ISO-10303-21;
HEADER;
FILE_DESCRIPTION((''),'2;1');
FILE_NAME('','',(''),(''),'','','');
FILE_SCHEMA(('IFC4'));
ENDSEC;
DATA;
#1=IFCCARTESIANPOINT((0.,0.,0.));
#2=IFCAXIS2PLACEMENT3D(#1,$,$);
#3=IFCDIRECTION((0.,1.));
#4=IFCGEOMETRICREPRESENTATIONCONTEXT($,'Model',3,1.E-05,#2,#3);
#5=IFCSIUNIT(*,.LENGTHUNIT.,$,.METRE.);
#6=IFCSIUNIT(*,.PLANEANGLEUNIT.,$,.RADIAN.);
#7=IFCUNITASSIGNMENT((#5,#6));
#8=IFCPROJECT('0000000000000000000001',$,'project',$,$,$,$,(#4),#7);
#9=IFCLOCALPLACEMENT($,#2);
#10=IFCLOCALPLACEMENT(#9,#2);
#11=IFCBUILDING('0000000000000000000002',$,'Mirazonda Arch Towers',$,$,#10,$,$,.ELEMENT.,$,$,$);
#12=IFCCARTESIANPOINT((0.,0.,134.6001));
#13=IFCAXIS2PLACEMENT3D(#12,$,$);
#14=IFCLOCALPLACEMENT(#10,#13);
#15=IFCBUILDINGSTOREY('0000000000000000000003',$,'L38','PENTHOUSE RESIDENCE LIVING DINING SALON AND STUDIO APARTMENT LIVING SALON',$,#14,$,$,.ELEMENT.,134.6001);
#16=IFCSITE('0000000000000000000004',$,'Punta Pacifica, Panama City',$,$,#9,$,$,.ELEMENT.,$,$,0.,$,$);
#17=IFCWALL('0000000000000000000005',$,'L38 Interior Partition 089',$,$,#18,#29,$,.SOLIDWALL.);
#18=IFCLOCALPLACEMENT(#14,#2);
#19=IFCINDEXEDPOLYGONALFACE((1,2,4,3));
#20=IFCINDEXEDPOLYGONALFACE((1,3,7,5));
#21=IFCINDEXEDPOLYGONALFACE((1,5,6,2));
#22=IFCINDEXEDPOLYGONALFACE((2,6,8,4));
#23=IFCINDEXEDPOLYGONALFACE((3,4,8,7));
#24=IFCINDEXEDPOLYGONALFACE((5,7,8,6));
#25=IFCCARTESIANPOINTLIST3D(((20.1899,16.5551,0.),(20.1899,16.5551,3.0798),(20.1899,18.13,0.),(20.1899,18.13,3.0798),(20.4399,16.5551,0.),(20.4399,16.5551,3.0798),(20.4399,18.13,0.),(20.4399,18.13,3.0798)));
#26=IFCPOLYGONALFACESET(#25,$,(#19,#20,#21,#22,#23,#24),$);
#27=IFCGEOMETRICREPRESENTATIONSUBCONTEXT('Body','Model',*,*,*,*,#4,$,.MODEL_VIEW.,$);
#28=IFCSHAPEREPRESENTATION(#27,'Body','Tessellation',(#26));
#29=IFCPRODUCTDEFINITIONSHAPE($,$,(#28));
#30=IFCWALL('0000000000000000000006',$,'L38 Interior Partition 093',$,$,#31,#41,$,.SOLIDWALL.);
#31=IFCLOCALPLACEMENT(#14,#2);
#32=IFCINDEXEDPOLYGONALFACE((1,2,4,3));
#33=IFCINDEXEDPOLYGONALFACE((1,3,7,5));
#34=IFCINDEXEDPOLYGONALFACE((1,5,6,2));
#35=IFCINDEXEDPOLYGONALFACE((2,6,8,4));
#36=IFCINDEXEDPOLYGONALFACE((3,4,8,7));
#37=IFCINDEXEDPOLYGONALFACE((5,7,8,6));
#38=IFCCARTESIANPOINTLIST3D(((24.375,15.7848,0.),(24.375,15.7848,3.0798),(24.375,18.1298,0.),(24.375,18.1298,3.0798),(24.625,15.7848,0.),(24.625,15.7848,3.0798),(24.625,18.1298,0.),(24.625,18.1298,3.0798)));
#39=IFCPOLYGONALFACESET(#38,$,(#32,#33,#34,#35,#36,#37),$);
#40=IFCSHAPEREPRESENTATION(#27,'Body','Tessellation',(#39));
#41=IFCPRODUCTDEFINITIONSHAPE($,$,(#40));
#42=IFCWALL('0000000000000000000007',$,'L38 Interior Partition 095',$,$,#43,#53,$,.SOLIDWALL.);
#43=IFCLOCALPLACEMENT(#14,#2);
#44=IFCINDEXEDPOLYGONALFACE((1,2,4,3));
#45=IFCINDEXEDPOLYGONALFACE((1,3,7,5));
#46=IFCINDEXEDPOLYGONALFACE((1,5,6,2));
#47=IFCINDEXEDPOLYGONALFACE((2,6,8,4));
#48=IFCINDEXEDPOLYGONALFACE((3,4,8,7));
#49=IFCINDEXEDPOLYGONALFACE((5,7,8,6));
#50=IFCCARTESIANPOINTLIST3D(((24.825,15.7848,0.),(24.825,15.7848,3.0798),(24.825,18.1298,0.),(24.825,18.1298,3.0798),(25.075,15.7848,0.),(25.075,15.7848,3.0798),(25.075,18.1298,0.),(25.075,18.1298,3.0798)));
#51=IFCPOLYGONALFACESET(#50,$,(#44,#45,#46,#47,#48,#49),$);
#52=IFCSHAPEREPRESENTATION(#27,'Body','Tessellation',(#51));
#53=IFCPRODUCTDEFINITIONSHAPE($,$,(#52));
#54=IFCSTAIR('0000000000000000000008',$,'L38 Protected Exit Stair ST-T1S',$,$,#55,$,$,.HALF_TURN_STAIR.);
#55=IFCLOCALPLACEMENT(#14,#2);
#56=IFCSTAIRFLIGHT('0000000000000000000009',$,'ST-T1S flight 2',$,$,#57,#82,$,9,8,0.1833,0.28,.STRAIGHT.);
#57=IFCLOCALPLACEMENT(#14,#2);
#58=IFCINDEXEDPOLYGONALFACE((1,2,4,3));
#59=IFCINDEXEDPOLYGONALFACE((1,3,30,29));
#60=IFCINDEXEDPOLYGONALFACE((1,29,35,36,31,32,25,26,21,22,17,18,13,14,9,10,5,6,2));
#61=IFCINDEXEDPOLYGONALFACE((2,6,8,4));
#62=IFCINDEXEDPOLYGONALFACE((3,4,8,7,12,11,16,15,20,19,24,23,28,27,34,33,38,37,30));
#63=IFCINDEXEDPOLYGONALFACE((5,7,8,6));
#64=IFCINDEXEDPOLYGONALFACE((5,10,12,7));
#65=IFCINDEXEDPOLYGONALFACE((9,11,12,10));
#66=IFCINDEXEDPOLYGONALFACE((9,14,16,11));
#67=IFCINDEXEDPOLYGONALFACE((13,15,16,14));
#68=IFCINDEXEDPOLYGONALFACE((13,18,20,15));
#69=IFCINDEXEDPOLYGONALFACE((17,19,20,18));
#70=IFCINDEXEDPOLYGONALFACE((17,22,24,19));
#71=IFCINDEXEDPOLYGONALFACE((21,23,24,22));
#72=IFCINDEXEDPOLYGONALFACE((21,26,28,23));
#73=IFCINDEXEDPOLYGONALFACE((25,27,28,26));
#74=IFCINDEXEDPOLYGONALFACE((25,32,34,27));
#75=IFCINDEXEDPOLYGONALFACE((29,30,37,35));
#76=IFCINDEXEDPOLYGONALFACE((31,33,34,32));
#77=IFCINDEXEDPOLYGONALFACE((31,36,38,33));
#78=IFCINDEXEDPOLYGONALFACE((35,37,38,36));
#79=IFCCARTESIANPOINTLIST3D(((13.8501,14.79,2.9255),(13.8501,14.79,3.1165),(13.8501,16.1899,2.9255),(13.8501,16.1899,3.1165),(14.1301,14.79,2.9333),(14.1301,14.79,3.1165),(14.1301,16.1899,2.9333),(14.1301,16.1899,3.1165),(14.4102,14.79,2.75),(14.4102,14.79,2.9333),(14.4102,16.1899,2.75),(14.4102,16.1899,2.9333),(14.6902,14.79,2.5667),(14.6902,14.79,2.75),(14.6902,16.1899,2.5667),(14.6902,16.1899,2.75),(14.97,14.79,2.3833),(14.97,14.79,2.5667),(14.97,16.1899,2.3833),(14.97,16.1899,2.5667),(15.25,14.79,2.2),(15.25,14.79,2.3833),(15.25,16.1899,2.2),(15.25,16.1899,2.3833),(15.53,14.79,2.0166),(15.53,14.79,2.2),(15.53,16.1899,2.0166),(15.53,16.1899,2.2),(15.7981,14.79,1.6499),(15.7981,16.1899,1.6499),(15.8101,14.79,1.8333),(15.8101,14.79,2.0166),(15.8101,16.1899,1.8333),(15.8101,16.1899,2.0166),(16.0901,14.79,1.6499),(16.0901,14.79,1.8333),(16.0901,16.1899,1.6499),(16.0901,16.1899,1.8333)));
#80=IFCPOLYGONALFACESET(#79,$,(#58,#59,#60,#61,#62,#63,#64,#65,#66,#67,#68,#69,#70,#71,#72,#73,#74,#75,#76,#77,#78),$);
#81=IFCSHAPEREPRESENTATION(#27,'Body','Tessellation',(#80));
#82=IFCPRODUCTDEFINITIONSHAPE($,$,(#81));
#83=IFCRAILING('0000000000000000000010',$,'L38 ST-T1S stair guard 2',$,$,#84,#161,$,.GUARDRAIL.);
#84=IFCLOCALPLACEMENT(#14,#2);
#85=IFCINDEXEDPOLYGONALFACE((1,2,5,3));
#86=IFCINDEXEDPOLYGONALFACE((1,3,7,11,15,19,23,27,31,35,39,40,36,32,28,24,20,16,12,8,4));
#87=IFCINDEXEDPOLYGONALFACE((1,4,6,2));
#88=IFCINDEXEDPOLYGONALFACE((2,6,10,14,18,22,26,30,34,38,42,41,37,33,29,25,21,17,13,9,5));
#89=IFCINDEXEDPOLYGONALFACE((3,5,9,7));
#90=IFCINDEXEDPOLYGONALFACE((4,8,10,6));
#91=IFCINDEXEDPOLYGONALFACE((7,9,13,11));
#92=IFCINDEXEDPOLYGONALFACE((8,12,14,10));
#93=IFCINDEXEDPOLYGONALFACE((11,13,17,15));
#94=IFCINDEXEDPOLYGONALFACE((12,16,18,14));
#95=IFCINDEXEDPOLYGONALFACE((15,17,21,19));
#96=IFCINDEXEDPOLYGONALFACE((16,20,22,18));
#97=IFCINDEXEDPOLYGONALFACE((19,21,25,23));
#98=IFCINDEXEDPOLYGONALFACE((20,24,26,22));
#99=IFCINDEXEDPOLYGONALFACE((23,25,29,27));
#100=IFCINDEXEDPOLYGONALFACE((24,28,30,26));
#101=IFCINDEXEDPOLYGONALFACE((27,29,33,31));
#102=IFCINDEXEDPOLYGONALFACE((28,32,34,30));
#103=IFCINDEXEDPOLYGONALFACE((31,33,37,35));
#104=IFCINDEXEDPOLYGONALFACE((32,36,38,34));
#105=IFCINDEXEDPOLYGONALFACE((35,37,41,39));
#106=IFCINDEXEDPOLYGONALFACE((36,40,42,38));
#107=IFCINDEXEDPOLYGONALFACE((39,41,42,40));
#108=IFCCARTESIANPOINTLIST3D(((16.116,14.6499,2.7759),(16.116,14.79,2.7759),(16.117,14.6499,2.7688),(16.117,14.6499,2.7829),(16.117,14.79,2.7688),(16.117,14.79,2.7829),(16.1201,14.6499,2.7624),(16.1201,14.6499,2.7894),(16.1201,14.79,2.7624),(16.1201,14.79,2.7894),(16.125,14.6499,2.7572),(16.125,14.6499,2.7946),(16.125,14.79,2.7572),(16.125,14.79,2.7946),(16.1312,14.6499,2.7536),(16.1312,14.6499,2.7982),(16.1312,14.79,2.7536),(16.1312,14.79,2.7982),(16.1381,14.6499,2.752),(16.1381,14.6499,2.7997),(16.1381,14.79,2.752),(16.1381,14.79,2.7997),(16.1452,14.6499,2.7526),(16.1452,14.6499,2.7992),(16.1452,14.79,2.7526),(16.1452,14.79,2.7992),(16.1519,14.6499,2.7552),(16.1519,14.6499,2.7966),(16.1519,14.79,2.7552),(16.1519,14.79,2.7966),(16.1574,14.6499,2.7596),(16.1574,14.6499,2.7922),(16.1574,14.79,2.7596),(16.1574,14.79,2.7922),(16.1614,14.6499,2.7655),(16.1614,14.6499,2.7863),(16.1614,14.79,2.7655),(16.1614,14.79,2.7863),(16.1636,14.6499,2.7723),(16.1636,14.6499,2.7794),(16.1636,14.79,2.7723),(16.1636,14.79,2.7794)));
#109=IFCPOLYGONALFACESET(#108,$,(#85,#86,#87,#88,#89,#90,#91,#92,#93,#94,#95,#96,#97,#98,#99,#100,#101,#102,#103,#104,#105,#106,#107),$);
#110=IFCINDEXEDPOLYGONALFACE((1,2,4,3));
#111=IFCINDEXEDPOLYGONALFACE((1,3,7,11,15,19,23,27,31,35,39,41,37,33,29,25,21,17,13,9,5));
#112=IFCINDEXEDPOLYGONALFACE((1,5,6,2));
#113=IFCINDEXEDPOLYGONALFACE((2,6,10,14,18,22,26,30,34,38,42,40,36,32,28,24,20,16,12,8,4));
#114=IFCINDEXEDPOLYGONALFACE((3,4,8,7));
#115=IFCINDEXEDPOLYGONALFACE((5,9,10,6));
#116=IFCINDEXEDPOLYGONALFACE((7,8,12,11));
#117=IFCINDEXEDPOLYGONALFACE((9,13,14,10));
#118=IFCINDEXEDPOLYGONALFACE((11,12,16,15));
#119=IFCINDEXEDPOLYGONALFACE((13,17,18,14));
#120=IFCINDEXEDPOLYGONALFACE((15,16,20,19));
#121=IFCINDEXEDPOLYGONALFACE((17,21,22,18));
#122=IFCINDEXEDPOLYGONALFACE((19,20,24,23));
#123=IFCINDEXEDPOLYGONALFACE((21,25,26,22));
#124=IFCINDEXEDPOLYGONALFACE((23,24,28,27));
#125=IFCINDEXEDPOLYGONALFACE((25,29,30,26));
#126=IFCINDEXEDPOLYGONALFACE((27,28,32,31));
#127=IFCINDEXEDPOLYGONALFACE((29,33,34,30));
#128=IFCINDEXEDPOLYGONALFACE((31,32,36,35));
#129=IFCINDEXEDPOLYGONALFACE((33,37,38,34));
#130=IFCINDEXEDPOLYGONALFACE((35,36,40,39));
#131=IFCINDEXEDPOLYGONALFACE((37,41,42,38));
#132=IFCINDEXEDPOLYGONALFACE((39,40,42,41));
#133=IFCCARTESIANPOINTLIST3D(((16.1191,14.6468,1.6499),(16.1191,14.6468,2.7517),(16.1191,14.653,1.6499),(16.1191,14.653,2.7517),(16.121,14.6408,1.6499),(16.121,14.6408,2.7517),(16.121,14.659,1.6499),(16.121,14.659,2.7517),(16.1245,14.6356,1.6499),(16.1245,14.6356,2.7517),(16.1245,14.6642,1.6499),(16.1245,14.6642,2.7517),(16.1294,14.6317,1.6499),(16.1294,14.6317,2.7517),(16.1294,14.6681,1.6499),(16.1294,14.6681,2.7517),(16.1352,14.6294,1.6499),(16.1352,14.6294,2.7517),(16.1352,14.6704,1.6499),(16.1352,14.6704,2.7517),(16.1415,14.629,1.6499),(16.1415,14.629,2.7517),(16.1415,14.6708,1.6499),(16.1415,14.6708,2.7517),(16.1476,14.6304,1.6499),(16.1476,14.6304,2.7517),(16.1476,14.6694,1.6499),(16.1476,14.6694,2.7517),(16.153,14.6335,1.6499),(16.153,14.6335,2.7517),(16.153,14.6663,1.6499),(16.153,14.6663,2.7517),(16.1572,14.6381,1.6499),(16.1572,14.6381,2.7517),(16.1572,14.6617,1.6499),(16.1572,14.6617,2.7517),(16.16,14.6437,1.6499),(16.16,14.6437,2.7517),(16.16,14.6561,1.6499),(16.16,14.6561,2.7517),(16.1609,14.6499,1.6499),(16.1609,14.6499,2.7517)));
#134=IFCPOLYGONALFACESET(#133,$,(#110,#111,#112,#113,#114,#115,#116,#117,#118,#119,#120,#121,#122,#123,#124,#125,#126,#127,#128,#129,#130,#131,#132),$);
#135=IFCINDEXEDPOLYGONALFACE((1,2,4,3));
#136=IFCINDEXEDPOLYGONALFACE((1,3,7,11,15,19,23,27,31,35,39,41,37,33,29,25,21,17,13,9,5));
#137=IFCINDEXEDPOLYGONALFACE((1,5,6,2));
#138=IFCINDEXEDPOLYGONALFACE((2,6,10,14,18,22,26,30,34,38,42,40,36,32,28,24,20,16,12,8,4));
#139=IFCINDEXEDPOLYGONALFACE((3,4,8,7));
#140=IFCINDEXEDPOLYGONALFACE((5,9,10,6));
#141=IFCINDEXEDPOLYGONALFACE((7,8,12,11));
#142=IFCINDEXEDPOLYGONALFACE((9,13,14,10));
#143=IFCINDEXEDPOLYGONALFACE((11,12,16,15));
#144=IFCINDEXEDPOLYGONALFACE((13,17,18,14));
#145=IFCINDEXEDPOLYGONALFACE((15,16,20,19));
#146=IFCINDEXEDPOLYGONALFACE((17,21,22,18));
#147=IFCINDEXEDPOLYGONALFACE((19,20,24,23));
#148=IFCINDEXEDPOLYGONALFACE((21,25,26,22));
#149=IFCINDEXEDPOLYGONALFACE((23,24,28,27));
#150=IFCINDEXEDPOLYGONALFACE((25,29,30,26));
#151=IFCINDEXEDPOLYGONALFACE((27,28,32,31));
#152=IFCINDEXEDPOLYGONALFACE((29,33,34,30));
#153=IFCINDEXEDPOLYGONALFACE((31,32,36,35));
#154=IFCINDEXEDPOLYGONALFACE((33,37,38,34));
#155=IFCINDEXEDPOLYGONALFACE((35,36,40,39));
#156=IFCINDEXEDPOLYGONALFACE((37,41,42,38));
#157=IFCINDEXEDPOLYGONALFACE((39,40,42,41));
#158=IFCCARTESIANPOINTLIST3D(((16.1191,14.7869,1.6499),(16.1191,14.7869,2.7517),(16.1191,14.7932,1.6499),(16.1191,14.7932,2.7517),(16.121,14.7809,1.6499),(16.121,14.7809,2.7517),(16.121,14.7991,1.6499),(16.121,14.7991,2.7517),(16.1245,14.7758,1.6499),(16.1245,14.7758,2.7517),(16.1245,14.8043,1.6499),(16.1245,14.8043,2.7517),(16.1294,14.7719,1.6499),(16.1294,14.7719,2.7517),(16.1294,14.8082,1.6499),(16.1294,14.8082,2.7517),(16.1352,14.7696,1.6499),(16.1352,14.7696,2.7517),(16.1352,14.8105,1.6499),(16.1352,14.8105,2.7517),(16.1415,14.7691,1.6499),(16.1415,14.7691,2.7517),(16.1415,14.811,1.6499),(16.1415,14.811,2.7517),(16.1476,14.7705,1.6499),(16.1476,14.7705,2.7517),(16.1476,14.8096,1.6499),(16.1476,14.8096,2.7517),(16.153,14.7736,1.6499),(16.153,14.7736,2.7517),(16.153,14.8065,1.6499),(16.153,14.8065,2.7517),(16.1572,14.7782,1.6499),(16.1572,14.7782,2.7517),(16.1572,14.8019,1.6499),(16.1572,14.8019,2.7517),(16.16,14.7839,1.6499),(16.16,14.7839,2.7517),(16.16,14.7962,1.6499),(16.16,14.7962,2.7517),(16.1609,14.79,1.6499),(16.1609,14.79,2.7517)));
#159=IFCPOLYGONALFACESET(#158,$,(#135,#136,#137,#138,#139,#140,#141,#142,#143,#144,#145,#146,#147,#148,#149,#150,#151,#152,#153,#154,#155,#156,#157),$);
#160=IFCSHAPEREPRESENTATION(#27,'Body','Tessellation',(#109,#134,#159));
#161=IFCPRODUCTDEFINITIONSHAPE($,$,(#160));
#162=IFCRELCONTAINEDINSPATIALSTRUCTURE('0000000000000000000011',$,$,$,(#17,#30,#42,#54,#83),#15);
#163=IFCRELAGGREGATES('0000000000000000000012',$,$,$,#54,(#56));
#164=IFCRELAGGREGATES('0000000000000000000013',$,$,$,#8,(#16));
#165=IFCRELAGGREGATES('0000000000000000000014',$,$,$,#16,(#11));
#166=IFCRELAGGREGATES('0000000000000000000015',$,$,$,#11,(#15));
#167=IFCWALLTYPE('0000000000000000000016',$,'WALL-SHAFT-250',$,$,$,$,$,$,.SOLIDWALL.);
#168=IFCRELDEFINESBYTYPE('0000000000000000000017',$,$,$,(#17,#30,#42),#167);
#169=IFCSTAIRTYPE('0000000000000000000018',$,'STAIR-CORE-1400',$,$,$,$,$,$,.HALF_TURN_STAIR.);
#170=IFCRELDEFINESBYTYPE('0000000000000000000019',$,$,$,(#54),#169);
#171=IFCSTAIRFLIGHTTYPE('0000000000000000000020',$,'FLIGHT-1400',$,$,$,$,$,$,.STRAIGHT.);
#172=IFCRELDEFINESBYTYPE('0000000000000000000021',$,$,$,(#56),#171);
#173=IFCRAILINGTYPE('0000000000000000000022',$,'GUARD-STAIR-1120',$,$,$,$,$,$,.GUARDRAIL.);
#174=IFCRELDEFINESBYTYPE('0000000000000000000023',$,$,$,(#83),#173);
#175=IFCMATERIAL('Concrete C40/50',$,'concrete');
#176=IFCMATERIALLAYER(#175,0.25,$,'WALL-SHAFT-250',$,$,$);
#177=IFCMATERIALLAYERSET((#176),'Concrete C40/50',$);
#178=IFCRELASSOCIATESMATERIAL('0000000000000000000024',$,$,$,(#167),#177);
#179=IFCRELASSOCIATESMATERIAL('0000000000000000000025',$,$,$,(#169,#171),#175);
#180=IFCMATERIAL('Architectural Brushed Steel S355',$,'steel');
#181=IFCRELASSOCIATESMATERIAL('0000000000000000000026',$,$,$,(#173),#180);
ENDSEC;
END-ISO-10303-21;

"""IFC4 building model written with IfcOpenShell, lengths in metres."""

from ifc_helpers import new_model, si_unit, direction, frame, frame_2d, origin, origin_2d, place, context, subcontext, project, spatial, polyline, rectangle, circle, outline, extrude, material, layer, layer_set, type_object, element, aggregate, save


model = new_model("IFC4")

# Units and contexts
model_context = context("Model", 3, precision=1e-05, world=origin(), true_north=direction((0.0, 1.0)))
body_context = subcontext(model_context, "Body", "Model", "MODEL_VIEW")
ifc_project = project(units=[si_unit("LENGTHUNIT", "METRE"), si_unit("PLANEANGLEUNIT", "RADIAN")], contexts=[model_context])

# Site, building, storey
site_placement = place(None, origin())
site = spatial("IfcSite", under=ifc_project, at=site_placement, Name="Punta Pacifica, Panama City", CompositionType="ELEMENT", RefElevation=0.0)
building_placement = place(site_placement, origin())
building = spatial("IfcBuilding", under=site, at=building_placement, Name="Mirazonda Arch Towers", CompositionType="ELEMENT")
storey_placement = place(building_placement, frame((0.0, 0.0, 134.6001)))
storey = spatial("IfcBuildingStorey", under=building, at=storey_placement, Name="L38", Description="PENTHOUSE RESIDENCE LIVING DINING SALON AND STUDIO APARTMENT LIVING SALON", CompositionType="ELEMENT", Elevation=134.6001)

# Shared definitions
ifc_material_1 = material(Name="Architectural Brushed Steel S355", Category="steel")

# Walls
ifc_material_2 = material(Name="Concrete C40/50", Category="concrete")
ifc_layer_1 = layer(ifc_material_2, 0.25, Name="WALL-SHAFT-250")
ifc_layer_set_1 = layer_set([ifc_layer_1], Name="Concrete C40/50")
wall_type_1 = type_object("IfcWallType", Name="WALL-SHAFT-250", PredefinedType="SOLIDWALL", material=ifc_layer_set_1)
wall_1_placement = place(storey_placement, frame((20.3149, 16.5549, 0.0), z_axis=(0.0, 0.0, 1.0), x_axis=(0.0, 1.0, 0.0)))
element("IfcWall", 1, at=wall_1_placement, inside=storey, type_object=wall_type_1, Name="L38 Interior Partition 089", PredefinedType="SOLIDWALL", context=body_context, shape_type="SweptSolid", body=[
    extrude(rectangle(XDim=1.575, YDim=0.25, at=frame_2d((0.7876, 0.0))), origin(), (0.0, 0.0, 1.0), 3.0798),
])
for number, where, z_axis, x_axis, name in (
    (2, (24.5, 15.7849, 0.0), (0.0, 0.0, 1.0), (0.0, 1.0, 0.0), "L38 Interior Partition 093"),
    (3, (24.95, 15.7849, 0.0), (0.0, 0.0, 1.0), (0.0, 1.0, 0.0), "L38 Interior Partition 095"),
):
    element("IfcWall", number, at=place(storey_placement, frame(where, z_axis=z_axis, x_axis=x_axis)), inside=storey, type_object=wall_type_1, Name=name, PredefinedType="SOLIDWALL", context=body_context, shape_type="SweptSolid", body=[
        extrude(rectangle(XDim=2.345, YDim=0.25, at=frame_2d((1.1724, 0.0))), origin(), (0.0, 0.0, 1.0), 3.0798),
    ])

# Stair, stair flight
stair_type = type_object("IfcStairType", Name="STAIR-CORE-1400", PredefinedType="HALF_TURN_STAIR", material=ifc_material_2)
stair_placement = place(storey_placement, origin())
stair = element("IfcStair", 4, at=stair_placement, inside=storey, type_object=stair_type, Name="L38 Protected Exit Stair ST-T1S", PredefinedType="HALF_TURN_STAIR")
stair_flight_type = type_object("IfcStairFlightType", Name="FLIGHT-1400", PredefinedType="STRAIGHT", material=ifc_material_2)
stair_flight_placement = place(storey_placement, frame((16.0901, 15.49, 1.6499), z_axis=(0.0, 0.0, 1.0), x_axis=(-1.0, 0.0, 0.0)))
stair_flight = element("IfcStairFlight", 5, at=stair_flight_placement, type_object=stair_flight_type, Name="ST-T1S flight 2", NumberOfRisers=9, NumberOfTreads=8, PredefinedType="STRAIGHT", RiserHeight=0.1833, TreadLength=0.28, context=body_context, shape_type="SweptSolid", body=[
    extrude(outline(polyline([(0.0, 0.0), (0.0, 0.1833), (0.28, 0.1833), (0.28, 0.3667), (0.5601, 0.3667), (0.5601, 0.55), (0.8401, 0.55), (0.8401, 0.7334), (1.1201, 0.7334), (1.1201, 0.9167), (1.3999, 0.9167), (1.3999, 1.1001), (1.6799, 1.1001), (1.6799, 1.2834), (1.96, 1.2834), (1.96, 1.4666), (2.24, 1.4666), (2.24, 1.6499), (2.24, 1.2756), (0.292, 0.0), (0.0, 0.0)])), frame((0.0, 0.7, 0.0), z_axis=(0.0, -1.0, 0.0), x_axis=(1.0, 0.0, 0.0)), (0.0, 0.0, 1.0), 1.3999),
])
aggregate(stair, [stair_flight])

# Railing
railing_type_1 = type_object("IfcRailingType", Name="GUARD-STAIR-1120", PredefinedType="GUARDRAIL", material=ifc_material_1)
railing_1_placement = place(storey_placement, frame((16.1399, 14.6499, 1.6499)))
element("IfcRailing", 6, at=railing_1_placement, inside=storey, type_object=railing_type_1, Name="L38 ST-T1S stair guard 2", PredefinedType="GUARDRAIL", context=body_context, shape_type="SweptSolid", body=[
    extrude(circle(Radius=0.0239, at=origin_2d()), frame((0.0, 0.0, 1.126), z_axis=(0.0, 1.0, 0.0), x_axis=(-1.0, 0.0, 0.0)), (0.0, 0.0, 1.0), 0.1401),
    extrude(circle(Radius=0.021, at=origin_2d()), origin(), (0.0, 0.0, 1.0), 1.1018),
    extrude(circle(Radius=0.021, at=origin_2d()), frame((0.0, 0.1401, 0.0)), (0.0, 0.0, 1.0), 1.1018),
])

save(model, "model.ifc")
